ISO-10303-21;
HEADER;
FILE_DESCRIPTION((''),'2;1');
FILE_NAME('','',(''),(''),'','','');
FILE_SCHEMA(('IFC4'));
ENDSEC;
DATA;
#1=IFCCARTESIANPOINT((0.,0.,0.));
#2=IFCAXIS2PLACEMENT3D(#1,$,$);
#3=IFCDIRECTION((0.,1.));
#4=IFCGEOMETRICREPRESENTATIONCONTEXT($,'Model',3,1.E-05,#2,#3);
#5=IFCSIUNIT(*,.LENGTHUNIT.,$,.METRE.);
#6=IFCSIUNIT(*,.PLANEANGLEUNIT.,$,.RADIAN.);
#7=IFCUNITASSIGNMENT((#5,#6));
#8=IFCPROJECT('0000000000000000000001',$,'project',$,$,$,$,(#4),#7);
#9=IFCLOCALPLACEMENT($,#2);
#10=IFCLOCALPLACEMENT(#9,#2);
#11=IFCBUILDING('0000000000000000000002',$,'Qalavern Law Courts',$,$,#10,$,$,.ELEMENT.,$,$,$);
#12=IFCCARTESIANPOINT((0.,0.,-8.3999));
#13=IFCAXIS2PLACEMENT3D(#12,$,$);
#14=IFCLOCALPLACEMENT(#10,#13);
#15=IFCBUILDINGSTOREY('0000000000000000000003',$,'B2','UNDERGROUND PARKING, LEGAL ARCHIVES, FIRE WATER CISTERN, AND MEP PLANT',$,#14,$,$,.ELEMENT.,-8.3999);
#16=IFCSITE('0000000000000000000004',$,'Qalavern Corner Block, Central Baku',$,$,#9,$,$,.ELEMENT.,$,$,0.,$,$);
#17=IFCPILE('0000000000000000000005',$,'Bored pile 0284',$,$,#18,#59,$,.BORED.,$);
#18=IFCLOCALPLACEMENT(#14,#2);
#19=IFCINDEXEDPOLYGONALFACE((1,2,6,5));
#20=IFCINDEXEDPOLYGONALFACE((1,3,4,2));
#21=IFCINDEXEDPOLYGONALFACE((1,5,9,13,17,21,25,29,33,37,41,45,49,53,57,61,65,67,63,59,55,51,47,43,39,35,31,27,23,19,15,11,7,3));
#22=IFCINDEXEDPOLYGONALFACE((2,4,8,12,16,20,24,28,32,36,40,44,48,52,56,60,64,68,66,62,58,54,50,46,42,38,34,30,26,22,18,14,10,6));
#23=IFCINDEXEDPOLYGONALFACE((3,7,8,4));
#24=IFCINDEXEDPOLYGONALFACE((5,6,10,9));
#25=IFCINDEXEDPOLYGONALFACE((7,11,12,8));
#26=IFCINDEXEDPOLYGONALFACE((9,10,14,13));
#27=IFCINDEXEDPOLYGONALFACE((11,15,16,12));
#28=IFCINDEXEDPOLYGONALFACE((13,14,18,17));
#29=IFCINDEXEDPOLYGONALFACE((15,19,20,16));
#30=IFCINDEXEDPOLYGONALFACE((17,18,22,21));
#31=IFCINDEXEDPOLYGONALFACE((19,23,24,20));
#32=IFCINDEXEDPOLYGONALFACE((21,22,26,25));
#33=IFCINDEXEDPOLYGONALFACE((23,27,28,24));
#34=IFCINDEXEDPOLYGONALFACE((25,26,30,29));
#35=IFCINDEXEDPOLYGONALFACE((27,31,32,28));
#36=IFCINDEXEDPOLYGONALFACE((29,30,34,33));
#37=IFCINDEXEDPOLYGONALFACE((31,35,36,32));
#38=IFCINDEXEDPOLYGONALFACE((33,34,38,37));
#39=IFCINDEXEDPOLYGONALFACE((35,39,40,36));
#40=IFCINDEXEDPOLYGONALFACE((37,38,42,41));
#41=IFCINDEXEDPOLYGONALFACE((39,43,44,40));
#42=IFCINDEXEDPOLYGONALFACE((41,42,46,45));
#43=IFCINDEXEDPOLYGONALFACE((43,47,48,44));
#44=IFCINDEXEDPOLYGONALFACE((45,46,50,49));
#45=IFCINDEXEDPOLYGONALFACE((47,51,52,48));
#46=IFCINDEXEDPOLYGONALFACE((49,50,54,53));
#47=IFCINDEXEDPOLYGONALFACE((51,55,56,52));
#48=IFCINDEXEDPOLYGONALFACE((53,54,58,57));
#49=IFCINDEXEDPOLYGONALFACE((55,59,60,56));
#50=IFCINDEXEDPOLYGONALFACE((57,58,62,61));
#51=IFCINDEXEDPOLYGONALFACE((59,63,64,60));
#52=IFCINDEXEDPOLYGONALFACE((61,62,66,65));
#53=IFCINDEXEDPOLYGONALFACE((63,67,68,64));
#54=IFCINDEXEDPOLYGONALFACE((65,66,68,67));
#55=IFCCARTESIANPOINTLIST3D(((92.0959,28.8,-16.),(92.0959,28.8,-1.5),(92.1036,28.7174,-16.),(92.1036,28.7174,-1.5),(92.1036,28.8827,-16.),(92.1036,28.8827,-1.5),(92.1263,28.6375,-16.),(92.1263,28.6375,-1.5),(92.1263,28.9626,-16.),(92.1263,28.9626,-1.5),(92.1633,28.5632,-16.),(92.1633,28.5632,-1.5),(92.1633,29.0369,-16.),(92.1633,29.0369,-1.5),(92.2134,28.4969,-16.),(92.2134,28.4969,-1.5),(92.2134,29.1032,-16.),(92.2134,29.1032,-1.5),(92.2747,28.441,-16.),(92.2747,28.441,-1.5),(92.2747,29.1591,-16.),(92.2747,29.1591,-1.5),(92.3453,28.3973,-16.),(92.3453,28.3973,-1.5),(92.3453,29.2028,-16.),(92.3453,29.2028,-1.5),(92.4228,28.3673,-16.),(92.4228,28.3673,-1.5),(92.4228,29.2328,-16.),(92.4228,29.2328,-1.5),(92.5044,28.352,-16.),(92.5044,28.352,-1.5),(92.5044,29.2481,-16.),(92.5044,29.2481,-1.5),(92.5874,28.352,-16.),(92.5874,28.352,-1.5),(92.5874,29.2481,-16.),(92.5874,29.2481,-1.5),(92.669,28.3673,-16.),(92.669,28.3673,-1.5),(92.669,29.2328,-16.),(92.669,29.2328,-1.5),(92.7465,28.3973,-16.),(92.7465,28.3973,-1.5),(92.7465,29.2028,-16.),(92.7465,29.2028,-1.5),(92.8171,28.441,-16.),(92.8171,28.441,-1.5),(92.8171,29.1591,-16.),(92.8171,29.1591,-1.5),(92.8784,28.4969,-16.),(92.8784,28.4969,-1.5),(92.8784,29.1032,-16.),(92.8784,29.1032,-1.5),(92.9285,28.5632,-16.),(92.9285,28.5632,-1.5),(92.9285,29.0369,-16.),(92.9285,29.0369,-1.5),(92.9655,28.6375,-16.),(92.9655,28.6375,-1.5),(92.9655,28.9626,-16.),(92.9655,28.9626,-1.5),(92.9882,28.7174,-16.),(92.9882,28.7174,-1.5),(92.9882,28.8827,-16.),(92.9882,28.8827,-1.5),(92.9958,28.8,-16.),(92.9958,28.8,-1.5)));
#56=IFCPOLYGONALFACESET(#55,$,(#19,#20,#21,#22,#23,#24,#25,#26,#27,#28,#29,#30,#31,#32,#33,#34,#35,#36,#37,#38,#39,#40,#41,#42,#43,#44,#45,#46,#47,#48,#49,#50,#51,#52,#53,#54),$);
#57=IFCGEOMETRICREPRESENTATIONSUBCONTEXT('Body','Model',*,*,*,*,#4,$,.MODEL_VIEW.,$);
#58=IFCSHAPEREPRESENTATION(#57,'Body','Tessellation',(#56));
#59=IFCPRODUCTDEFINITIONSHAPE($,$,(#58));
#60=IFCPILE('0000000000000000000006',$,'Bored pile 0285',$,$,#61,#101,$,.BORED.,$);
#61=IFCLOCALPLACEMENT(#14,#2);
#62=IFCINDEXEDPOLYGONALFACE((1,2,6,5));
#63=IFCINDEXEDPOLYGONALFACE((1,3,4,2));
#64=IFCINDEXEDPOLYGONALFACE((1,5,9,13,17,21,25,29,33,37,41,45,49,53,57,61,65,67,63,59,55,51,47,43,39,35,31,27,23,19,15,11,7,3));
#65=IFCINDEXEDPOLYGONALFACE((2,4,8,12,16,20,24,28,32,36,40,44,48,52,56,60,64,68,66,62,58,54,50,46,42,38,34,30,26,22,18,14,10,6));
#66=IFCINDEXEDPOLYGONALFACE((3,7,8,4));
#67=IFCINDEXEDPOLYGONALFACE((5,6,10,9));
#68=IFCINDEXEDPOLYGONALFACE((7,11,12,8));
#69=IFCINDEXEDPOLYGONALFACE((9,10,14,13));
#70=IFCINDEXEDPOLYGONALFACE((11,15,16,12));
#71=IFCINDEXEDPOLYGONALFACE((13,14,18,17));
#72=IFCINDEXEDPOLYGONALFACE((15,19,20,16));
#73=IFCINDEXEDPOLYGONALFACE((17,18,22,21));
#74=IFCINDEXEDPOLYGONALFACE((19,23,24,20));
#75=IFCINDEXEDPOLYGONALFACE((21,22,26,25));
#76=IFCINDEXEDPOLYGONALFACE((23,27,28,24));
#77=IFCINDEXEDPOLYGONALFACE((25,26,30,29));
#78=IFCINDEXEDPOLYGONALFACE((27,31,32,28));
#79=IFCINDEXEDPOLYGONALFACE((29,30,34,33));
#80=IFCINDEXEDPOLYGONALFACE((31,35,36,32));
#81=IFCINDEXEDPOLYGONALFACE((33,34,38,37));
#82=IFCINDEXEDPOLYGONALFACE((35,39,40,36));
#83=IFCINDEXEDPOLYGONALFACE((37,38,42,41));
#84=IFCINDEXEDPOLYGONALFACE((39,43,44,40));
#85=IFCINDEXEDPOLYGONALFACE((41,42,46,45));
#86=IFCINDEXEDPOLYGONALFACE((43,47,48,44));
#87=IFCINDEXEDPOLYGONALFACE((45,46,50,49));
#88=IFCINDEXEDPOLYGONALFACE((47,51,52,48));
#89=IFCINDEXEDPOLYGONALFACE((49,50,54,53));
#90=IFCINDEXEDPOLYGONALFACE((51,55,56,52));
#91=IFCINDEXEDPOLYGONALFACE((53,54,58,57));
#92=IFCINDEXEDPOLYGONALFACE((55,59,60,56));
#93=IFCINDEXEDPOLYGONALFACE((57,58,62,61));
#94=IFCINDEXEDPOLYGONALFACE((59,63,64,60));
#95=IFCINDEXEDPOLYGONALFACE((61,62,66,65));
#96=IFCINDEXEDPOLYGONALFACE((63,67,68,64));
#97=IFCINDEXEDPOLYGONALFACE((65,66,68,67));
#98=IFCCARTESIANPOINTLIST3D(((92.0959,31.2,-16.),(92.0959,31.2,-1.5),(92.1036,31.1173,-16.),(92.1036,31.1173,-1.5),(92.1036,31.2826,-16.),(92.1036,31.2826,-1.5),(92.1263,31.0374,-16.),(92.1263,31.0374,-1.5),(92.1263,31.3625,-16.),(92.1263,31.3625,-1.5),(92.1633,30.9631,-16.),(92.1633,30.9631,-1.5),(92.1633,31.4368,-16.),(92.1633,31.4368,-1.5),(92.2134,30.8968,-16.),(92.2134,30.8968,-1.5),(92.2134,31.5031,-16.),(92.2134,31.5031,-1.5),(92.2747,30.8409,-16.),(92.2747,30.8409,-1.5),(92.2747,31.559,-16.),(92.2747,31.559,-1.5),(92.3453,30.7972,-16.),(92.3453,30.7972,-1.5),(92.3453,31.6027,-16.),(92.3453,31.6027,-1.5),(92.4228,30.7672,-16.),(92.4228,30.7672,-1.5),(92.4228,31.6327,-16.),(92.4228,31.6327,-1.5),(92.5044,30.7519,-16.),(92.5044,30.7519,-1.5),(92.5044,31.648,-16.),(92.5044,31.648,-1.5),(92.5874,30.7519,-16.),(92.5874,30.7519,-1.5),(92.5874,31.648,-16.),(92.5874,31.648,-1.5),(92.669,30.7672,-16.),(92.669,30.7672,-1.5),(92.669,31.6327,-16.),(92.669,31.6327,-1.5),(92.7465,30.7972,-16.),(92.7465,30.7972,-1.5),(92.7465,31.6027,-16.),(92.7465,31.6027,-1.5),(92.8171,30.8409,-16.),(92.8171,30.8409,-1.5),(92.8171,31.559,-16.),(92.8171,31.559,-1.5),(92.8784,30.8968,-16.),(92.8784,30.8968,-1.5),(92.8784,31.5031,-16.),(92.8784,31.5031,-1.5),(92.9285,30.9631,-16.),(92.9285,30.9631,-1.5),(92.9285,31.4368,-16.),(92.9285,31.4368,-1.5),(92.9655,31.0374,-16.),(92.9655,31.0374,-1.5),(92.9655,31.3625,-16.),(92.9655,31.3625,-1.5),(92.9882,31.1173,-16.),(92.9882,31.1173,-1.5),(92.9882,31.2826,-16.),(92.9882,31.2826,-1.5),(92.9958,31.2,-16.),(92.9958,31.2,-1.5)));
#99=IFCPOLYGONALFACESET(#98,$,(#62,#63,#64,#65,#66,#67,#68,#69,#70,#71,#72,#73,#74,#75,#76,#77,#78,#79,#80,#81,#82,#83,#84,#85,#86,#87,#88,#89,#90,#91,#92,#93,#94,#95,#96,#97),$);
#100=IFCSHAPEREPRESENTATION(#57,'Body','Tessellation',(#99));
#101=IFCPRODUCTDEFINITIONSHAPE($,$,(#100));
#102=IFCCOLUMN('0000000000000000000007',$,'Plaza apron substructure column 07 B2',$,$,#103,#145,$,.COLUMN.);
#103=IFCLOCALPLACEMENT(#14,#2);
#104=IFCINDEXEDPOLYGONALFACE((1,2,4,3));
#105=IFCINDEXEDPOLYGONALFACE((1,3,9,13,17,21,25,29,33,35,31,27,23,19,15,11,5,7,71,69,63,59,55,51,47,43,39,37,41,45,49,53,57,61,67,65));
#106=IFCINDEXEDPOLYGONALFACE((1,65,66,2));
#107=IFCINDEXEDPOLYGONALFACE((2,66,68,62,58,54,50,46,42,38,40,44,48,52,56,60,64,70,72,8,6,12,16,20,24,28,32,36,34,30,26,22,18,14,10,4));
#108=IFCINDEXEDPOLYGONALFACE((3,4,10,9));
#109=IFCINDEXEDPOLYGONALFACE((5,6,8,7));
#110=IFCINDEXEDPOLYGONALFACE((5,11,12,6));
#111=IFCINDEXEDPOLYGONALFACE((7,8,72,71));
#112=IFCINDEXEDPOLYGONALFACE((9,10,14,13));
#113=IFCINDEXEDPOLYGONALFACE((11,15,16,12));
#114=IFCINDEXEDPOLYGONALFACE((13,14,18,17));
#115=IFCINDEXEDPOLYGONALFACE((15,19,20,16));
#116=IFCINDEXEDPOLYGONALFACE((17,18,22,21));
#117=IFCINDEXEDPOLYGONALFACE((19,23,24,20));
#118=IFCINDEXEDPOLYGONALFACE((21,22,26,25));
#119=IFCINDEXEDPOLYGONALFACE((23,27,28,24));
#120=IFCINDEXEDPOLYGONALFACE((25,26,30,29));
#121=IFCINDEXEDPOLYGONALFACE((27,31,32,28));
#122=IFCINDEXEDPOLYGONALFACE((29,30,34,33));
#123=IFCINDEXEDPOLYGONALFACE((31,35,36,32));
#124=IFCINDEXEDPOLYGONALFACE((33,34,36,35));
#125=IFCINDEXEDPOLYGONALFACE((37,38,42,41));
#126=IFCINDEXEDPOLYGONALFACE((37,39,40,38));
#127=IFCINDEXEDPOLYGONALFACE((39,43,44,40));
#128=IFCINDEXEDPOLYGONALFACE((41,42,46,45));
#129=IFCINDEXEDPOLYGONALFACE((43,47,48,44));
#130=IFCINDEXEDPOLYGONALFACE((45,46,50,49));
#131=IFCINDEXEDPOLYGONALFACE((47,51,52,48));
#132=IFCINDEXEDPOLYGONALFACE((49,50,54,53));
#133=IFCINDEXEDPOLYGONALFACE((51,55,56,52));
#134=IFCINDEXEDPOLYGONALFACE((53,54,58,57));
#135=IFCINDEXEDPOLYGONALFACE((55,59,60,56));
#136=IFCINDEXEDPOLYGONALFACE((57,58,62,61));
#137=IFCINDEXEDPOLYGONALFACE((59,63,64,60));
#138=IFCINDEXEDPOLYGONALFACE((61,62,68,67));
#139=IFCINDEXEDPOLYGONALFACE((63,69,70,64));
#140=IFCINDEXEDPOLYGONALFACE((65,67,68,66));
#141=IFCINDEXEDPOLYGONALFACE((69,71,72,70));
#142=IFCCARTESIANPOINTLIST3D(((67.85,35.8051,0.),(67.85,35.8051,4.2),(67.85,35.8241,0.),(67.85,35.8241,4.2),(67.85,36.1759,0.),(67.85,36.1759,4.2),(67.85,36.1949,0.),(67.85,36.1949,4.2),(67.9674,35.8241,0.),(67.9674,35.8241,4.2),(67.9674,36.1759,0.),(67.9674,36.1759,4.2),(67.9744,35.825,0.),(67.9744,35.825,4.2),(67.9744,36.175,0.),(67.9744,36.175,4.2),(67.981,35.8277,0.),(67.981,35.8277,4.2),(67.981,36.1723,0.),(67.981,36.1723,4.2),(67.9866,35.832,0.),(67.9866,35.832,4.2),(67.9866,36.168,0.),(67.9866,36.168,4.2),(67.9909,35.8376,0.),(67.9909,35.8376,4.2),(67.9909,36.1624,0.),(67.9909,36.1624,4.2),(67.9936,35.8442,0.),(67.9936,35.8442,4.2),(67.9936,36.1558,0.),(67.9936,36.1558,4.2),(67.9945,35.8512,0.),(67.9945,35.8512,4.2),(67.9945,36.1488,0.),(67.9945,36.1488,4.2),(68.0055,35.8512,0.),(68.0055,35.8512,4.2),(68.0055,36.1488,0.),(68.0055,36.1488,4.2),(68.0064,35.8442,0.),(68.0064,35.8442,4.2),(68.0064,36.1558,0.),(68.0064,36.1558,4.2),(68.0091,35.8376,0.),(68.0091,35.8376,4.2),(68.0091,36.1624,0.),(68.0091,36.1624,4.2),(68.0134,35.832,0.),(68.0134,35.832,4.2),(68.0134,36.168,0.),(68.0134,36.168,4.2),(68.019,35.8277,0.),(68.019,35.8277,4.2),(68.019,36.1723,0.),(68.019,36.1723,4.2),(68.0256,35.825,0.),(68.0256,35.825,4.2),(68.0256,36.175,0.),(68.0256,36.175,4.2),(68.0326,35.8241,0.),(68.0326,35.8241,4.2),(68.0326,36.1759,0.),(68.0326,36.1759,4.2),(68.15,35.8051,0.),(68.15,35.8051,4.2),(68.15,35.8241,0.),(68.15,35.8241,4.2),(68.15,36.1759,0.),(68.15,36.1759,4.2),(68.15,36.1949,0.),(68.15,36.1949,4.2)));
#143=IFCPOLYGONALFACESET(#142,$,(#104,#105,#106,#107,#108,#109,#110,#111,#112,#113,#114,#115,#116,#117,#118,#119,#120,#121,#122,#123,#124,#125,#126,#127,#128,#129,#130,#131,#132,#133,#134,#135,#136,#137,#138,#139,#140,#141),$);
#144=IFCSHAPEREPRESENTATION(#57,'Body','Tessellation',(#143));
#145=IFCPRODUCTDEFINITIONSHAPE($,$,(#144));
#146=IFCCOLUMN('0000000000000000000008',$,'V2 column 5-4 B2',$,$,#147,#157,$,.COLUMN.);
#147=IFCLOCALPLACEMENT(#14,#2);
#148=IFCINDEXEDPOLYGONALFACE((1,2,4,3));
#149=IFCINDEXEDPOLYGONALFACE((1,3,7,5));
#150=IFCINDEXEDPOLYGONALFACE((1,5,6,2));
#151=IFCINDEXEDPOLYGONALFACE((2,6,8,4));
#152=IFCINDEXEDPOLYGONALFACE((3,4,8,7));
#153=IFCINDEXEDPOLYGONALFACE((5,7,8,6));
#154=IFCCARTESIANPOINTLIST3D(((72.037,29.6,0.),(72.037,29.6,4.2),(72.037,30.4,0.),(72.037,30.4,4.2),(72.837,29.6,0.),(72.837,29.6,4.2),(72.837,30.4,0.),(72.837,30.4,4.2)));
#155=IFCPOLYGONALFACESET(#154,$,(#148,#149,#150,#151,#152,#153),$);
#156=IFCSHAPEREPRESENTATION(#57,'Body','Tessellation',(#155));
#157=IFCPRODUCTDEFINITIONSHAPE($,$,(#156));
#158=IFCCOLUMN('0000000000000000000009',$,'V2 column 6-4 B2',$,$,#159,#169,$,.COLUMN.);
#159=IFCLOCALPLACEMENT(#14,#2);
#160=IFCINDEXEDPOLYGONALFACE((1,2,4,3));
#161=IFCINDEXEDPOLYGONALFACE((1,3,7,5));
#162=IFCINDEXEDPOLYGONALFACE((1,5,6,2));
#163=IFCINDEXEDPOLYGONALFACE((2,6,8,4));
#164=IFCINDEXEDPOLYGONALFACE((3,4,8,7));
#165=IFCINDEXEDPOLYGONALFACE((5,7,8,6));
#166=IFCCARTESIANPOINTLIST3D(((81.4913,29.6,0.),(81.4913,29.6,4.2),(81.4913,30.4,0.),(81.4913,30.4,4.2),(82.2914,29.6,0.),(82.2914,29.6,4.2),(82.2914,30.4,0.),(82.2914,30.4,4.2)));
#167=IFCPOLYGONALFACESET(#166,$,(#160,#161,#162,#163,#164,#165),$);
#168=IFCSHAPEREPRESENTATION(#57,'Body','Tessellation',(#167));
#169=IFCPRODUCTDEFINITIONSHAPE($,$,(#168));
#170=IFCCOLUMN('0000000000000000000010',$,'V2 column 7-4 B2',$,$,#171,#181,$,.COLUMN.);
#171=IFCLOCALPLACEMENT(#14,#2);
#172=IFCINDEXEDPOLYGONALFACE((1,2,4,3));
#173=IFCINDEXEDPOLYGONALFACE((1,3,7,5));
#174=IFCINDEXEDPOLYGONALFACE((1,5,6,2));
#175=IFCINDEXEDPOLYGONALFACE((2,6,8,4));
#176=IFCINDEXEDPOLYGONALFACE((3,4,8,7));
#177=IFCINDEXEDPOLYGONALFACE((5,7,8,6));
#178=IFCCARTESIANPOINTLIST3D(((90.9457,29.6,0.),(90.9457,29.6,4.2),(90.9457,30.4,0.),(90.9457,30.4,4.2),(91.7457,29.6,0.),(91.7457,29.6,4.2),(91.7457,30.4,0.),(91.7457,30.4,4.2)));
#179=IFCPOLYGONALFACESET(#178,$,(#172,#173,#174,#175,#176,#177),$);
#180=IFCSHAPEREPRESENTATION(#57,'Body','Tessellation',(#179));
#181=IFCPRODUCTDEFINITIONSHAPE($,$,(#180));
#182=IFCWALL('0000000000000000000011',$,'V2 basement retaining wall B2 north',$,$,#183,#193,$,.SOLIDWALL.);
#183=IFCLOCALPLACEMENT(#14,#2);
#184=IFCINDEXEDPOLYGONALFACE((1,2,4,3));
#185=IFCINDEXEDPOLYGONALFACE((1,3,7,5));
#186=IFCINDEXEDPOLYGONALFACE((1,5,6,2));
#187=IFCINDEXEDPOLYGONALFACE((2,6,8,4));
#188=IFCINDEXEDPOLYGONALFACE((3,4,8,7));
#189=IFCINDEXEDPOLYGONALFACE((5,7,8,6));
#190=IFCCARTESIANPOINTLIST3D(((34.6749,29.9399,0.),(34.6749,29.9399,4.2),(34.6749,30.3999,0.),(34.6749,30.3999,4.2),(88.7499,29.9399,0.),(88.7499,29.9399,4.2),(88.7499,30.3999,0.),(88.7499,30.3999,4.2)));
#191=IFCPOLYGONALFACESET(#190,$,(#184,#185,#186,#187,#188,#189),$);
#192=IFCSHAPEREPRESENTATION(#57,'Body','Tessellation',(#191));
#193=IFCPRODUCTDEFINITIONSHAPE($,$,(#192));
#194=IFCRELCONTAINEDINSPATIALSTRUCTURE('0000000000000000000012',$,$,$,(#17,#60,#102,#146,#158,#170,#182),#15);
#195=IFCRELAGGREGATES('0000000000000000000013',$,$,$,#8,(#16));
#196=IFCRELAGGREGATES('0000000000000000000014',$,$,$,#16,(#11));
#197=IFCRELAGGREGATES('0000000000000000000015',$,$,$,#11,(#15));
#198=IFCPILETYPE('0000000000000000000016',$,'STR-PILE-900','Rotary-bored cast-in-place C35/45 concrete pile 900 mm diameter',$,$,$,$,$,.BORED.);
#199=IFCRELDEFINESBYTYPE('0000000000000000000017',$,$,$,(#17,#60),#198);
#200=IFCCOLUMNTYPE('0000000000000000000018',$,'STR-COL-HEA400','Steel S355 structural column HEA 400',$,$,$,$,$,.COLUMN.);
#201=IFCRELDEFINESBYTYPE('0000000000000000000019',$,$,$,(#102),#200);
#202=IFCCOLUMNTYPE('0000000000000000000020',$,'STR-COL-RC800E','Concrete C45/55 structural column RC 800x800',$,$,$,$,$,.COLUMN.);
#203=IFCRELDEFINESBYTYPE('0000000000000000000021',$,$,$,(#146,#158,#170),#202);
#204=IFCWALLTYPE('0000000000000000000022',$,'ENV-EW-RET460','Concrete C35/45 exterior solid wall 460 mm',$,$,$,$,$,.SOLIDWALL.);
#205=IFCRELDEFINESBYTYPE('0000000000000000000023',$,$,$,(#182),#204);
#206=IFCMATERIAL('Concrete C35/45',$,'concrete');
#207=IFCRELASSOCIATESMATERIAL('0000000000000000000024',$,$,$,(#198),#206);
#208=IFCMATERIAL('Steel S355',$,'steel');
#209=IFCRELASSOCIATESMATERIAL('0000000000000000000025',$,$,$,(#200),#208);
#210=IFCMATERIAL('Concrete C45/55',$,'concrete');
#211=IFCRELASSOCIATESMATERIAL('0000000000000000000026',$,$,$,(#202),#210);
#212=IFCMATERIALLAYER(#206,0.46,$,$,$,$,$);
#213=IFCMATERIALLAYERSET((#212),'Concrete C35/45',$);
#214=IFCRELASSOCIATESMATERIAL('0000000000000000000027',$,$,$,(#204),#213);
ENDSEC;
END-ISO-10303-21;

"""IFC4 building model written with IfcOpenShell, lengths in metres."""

from ifc_helpers import new_model, si_unit, direction, frame, frame_2d, origin, origin_2d, place, context, subcontext, project, spatial, rectangle, circle, i_section, extrude, material, layer, layer_set, material_profile, profile_set, type_object, element, save


model = new_model("IFC4")

# Units and contexts
model_context = context("Model", 3, precision=1e-05, world=origin(), true_north=direction((0.0, 1.0)))
body_context = subcontext(model_context, "Body", "Model", "MODEL_VIEW")
ifc_project = project(units=[si_unit("LENGTHUNIT", "METRE"), si_unit("PLANEANGLEUNIT", "RADIAN")], contexts=[model_context])

# Site, building, storey
site_placement = place(None, origin())
site = spatial("IfcSite", under=ifc_project, at=site_placement, Name="Qalavern Corner Block, Central Baku", CompositionType="ELEMENT", RefElevation=0.0)
building_placement = place(site_placement, origin())
building = spatial("IfcBuilding", under=site, at=building_placement, Name="Qalavern Law Courts", CompositionType="ELEMENT")
storey_placement = place(building_placement, frame((0.0, 0.0, -8.3999)))
storey = spatial("IfcBuildingStorey", under=building, at=storey_placement, Name="B2", Description="UNDERGROUND PARKING, LEGAL ARCHIVES, FIRE WATER CISTERN, AND MEP PLANT", CompositionType="ELEMENT", Elevation=-8.3999)

# Shared definitions
ifc_material_1 = material(Name="Concrete C35/45", Category="concrete")

# Piles
ifc_material_profile_1 = material_profile(ifc_material_1, circle(Radius=0.45, at=origin_2d()), Name="BORED PILE 900")
ifc_profile_set_1 = profile_set([ifc_material_profile_1], Name="Concrete C35/45")
pile_type_1 = type_object("IfcPileType", Name="STR-PILE-900", Description="Rotary-bored cast-in-place C35/45 concrete pile 900 mm diameter", PredefinedType="BORED", material=ifc_profile_set_1)
for number, where, z_axis, x_axis, name in (
    (1, (92.5459, 28.8, -1.5), (0.0, 0.0, -1.0), (1.0, 0.0, 0.0), "Bored pile 0284"),
    (2, (92.5459, 31.2, -1.5), (0.0, 0.0, -1.0), (1.0, 0.0, 0.0), "Bored pile 0285"),
):
    element("IfcPile", number, at=place(storey_placement, frame(where, z_axis=z_axis, x_axis=x_axis)), inside=storey, type_object=pile_type_1, Name=name, PredefinedType="BORED", context=body_context, shape_type="SweptSolid", body=[
        extrude(circle(Radius=0.45, at=origin_2d()), origin(), (0.0, 0.0, 1.0), 14.5),
    ])

# Columns
ifc_material_2 = material(Name="Steel S355", Category="steel")
ifc_material_profile_2 = material_profile(ifc_material_2, i_section(OverallWidth=0.3, OverallDepth=0.3899, WebThickness=0.011, FlangeThickness=0.019, FilletRadius=0.0271, at=origin_2d()), Name="HEA 400")
ifc_profile_set_2 = profile_set([ifc_material_profile_2], Name="Steel S355")
column_type_1 = type_object("IfcColumnType", Name="STR-COL-HEA400", Description="Steel S355 structural column HEA 400", PredefinedType="COLUMN", material=ifc_profile_set_2)
column_placement = place(storey_placement, frame((68.0, 36.0, 0.0), z_axis=(0.0, 0.0, 1.0), x_axis=(1.0, 0.0, 0.0)))
element("IfcColumn", 3, at=column_placement, inside=storey, type_object=column_type_1, Name="Plaza apron substructure column 07 B2", PredefinedType="COLUMN", context=body_context, shape_type="SweptSolid", body=[
    extrude(i_section(OverallWidth=0.3, OverallDepth=0.3899, WebThickness=0.011, FlangeThickness=0.019, FilletRadius=0.0271, at=origin_2d()), origin(), (0.0, 0.0, 1.0), 4.2),
])
ifc_material_3 = material(Name="Concrete C45/55", Category="concrete")
ifc_material_profile_3 = material_profile(ifc_material_3, rectangle(XDim=0.8, YDim=0.8, at=origin_2d()), Name="RC 800x800")
ifc_profile_set_3 = profile_set([ifc_material_profile_3], Name="Concrete C45/55")
column_type_2 = type_object("IfcColumnType", Name="STR-COL-RC800E", Description="Concrete C45/55 structural column RC 800x800", PredefinedType="COLUMN", material=ifc_profile_set_3)
for number, where, z_axis, x_axis, name in (
    (4, (72.437, 30.0, 0.0), (0.0, 0.0, 1.0), (1.0, 0.0, 0.0), "V2 column 5-4 B2"),
    (5, (81.8914, 30.0, 0.0), (0.0, 0.0, 1.0), (1.0, 0.0, 0.0), "V2 column 6-4 B2"),
    (6, (91.3457, 30.0, 0.0), (0.0, 0.0, 1.0), (1.0, 0.0, 0.0), "V2 column 7-4 B2"),
):
    element("IfcColumn", number, at=place(storey_placement, frame(where, z_axis=z_axis, x_axis=x_axis)), inside=storey, type_object=column_type_2, Name=name, PredefinedType="COLUMN", context=body_context, shape_type="SweptSolid", body=[
        extrude(rectangle(XDim=0.8, YDim=0.8, at=origin_2d()), origin(), (0.0, 0.0, 1.0), 4.2),
    ])

# Wall
ifc_layer_1 = layer(ifc_material_1, 0.46)
ifc_layer_set_1 = layer_set([ifc_layer_1], Name="Concrete C35/45")
wall_type_1 = type_object("IfcWallType", Name="ENV-EW-RET460", Description="Concrete C35/45 exterior solid wall 460 mm", PredefinedType="SOLIDWALL", material=ifc_layer_set_1)
wall_1_placement = place(storey_placement, frame((88.75, 30.1699, 0.0), z_axis=(0.0, 0.0, 1.0), x_axis=(-1.0, 0.0, 0.0)))
element("IfcWall", 7, at=wall_1_placement, inside=storey, type_object=wall_type_1, Name="V2 basement retaining wall B2 north", PredefinedType="SOLIDWALL", context=body_context, shape_type="SweptSolid", body=[
    extrude(rectangle(XDim=54.075, YDim=0.46, at=frame_2d((27.0376, 0.0))), origin(), (0.0, 0.0, 1.0), 4.2),
])

save(model, "model.ifc")
